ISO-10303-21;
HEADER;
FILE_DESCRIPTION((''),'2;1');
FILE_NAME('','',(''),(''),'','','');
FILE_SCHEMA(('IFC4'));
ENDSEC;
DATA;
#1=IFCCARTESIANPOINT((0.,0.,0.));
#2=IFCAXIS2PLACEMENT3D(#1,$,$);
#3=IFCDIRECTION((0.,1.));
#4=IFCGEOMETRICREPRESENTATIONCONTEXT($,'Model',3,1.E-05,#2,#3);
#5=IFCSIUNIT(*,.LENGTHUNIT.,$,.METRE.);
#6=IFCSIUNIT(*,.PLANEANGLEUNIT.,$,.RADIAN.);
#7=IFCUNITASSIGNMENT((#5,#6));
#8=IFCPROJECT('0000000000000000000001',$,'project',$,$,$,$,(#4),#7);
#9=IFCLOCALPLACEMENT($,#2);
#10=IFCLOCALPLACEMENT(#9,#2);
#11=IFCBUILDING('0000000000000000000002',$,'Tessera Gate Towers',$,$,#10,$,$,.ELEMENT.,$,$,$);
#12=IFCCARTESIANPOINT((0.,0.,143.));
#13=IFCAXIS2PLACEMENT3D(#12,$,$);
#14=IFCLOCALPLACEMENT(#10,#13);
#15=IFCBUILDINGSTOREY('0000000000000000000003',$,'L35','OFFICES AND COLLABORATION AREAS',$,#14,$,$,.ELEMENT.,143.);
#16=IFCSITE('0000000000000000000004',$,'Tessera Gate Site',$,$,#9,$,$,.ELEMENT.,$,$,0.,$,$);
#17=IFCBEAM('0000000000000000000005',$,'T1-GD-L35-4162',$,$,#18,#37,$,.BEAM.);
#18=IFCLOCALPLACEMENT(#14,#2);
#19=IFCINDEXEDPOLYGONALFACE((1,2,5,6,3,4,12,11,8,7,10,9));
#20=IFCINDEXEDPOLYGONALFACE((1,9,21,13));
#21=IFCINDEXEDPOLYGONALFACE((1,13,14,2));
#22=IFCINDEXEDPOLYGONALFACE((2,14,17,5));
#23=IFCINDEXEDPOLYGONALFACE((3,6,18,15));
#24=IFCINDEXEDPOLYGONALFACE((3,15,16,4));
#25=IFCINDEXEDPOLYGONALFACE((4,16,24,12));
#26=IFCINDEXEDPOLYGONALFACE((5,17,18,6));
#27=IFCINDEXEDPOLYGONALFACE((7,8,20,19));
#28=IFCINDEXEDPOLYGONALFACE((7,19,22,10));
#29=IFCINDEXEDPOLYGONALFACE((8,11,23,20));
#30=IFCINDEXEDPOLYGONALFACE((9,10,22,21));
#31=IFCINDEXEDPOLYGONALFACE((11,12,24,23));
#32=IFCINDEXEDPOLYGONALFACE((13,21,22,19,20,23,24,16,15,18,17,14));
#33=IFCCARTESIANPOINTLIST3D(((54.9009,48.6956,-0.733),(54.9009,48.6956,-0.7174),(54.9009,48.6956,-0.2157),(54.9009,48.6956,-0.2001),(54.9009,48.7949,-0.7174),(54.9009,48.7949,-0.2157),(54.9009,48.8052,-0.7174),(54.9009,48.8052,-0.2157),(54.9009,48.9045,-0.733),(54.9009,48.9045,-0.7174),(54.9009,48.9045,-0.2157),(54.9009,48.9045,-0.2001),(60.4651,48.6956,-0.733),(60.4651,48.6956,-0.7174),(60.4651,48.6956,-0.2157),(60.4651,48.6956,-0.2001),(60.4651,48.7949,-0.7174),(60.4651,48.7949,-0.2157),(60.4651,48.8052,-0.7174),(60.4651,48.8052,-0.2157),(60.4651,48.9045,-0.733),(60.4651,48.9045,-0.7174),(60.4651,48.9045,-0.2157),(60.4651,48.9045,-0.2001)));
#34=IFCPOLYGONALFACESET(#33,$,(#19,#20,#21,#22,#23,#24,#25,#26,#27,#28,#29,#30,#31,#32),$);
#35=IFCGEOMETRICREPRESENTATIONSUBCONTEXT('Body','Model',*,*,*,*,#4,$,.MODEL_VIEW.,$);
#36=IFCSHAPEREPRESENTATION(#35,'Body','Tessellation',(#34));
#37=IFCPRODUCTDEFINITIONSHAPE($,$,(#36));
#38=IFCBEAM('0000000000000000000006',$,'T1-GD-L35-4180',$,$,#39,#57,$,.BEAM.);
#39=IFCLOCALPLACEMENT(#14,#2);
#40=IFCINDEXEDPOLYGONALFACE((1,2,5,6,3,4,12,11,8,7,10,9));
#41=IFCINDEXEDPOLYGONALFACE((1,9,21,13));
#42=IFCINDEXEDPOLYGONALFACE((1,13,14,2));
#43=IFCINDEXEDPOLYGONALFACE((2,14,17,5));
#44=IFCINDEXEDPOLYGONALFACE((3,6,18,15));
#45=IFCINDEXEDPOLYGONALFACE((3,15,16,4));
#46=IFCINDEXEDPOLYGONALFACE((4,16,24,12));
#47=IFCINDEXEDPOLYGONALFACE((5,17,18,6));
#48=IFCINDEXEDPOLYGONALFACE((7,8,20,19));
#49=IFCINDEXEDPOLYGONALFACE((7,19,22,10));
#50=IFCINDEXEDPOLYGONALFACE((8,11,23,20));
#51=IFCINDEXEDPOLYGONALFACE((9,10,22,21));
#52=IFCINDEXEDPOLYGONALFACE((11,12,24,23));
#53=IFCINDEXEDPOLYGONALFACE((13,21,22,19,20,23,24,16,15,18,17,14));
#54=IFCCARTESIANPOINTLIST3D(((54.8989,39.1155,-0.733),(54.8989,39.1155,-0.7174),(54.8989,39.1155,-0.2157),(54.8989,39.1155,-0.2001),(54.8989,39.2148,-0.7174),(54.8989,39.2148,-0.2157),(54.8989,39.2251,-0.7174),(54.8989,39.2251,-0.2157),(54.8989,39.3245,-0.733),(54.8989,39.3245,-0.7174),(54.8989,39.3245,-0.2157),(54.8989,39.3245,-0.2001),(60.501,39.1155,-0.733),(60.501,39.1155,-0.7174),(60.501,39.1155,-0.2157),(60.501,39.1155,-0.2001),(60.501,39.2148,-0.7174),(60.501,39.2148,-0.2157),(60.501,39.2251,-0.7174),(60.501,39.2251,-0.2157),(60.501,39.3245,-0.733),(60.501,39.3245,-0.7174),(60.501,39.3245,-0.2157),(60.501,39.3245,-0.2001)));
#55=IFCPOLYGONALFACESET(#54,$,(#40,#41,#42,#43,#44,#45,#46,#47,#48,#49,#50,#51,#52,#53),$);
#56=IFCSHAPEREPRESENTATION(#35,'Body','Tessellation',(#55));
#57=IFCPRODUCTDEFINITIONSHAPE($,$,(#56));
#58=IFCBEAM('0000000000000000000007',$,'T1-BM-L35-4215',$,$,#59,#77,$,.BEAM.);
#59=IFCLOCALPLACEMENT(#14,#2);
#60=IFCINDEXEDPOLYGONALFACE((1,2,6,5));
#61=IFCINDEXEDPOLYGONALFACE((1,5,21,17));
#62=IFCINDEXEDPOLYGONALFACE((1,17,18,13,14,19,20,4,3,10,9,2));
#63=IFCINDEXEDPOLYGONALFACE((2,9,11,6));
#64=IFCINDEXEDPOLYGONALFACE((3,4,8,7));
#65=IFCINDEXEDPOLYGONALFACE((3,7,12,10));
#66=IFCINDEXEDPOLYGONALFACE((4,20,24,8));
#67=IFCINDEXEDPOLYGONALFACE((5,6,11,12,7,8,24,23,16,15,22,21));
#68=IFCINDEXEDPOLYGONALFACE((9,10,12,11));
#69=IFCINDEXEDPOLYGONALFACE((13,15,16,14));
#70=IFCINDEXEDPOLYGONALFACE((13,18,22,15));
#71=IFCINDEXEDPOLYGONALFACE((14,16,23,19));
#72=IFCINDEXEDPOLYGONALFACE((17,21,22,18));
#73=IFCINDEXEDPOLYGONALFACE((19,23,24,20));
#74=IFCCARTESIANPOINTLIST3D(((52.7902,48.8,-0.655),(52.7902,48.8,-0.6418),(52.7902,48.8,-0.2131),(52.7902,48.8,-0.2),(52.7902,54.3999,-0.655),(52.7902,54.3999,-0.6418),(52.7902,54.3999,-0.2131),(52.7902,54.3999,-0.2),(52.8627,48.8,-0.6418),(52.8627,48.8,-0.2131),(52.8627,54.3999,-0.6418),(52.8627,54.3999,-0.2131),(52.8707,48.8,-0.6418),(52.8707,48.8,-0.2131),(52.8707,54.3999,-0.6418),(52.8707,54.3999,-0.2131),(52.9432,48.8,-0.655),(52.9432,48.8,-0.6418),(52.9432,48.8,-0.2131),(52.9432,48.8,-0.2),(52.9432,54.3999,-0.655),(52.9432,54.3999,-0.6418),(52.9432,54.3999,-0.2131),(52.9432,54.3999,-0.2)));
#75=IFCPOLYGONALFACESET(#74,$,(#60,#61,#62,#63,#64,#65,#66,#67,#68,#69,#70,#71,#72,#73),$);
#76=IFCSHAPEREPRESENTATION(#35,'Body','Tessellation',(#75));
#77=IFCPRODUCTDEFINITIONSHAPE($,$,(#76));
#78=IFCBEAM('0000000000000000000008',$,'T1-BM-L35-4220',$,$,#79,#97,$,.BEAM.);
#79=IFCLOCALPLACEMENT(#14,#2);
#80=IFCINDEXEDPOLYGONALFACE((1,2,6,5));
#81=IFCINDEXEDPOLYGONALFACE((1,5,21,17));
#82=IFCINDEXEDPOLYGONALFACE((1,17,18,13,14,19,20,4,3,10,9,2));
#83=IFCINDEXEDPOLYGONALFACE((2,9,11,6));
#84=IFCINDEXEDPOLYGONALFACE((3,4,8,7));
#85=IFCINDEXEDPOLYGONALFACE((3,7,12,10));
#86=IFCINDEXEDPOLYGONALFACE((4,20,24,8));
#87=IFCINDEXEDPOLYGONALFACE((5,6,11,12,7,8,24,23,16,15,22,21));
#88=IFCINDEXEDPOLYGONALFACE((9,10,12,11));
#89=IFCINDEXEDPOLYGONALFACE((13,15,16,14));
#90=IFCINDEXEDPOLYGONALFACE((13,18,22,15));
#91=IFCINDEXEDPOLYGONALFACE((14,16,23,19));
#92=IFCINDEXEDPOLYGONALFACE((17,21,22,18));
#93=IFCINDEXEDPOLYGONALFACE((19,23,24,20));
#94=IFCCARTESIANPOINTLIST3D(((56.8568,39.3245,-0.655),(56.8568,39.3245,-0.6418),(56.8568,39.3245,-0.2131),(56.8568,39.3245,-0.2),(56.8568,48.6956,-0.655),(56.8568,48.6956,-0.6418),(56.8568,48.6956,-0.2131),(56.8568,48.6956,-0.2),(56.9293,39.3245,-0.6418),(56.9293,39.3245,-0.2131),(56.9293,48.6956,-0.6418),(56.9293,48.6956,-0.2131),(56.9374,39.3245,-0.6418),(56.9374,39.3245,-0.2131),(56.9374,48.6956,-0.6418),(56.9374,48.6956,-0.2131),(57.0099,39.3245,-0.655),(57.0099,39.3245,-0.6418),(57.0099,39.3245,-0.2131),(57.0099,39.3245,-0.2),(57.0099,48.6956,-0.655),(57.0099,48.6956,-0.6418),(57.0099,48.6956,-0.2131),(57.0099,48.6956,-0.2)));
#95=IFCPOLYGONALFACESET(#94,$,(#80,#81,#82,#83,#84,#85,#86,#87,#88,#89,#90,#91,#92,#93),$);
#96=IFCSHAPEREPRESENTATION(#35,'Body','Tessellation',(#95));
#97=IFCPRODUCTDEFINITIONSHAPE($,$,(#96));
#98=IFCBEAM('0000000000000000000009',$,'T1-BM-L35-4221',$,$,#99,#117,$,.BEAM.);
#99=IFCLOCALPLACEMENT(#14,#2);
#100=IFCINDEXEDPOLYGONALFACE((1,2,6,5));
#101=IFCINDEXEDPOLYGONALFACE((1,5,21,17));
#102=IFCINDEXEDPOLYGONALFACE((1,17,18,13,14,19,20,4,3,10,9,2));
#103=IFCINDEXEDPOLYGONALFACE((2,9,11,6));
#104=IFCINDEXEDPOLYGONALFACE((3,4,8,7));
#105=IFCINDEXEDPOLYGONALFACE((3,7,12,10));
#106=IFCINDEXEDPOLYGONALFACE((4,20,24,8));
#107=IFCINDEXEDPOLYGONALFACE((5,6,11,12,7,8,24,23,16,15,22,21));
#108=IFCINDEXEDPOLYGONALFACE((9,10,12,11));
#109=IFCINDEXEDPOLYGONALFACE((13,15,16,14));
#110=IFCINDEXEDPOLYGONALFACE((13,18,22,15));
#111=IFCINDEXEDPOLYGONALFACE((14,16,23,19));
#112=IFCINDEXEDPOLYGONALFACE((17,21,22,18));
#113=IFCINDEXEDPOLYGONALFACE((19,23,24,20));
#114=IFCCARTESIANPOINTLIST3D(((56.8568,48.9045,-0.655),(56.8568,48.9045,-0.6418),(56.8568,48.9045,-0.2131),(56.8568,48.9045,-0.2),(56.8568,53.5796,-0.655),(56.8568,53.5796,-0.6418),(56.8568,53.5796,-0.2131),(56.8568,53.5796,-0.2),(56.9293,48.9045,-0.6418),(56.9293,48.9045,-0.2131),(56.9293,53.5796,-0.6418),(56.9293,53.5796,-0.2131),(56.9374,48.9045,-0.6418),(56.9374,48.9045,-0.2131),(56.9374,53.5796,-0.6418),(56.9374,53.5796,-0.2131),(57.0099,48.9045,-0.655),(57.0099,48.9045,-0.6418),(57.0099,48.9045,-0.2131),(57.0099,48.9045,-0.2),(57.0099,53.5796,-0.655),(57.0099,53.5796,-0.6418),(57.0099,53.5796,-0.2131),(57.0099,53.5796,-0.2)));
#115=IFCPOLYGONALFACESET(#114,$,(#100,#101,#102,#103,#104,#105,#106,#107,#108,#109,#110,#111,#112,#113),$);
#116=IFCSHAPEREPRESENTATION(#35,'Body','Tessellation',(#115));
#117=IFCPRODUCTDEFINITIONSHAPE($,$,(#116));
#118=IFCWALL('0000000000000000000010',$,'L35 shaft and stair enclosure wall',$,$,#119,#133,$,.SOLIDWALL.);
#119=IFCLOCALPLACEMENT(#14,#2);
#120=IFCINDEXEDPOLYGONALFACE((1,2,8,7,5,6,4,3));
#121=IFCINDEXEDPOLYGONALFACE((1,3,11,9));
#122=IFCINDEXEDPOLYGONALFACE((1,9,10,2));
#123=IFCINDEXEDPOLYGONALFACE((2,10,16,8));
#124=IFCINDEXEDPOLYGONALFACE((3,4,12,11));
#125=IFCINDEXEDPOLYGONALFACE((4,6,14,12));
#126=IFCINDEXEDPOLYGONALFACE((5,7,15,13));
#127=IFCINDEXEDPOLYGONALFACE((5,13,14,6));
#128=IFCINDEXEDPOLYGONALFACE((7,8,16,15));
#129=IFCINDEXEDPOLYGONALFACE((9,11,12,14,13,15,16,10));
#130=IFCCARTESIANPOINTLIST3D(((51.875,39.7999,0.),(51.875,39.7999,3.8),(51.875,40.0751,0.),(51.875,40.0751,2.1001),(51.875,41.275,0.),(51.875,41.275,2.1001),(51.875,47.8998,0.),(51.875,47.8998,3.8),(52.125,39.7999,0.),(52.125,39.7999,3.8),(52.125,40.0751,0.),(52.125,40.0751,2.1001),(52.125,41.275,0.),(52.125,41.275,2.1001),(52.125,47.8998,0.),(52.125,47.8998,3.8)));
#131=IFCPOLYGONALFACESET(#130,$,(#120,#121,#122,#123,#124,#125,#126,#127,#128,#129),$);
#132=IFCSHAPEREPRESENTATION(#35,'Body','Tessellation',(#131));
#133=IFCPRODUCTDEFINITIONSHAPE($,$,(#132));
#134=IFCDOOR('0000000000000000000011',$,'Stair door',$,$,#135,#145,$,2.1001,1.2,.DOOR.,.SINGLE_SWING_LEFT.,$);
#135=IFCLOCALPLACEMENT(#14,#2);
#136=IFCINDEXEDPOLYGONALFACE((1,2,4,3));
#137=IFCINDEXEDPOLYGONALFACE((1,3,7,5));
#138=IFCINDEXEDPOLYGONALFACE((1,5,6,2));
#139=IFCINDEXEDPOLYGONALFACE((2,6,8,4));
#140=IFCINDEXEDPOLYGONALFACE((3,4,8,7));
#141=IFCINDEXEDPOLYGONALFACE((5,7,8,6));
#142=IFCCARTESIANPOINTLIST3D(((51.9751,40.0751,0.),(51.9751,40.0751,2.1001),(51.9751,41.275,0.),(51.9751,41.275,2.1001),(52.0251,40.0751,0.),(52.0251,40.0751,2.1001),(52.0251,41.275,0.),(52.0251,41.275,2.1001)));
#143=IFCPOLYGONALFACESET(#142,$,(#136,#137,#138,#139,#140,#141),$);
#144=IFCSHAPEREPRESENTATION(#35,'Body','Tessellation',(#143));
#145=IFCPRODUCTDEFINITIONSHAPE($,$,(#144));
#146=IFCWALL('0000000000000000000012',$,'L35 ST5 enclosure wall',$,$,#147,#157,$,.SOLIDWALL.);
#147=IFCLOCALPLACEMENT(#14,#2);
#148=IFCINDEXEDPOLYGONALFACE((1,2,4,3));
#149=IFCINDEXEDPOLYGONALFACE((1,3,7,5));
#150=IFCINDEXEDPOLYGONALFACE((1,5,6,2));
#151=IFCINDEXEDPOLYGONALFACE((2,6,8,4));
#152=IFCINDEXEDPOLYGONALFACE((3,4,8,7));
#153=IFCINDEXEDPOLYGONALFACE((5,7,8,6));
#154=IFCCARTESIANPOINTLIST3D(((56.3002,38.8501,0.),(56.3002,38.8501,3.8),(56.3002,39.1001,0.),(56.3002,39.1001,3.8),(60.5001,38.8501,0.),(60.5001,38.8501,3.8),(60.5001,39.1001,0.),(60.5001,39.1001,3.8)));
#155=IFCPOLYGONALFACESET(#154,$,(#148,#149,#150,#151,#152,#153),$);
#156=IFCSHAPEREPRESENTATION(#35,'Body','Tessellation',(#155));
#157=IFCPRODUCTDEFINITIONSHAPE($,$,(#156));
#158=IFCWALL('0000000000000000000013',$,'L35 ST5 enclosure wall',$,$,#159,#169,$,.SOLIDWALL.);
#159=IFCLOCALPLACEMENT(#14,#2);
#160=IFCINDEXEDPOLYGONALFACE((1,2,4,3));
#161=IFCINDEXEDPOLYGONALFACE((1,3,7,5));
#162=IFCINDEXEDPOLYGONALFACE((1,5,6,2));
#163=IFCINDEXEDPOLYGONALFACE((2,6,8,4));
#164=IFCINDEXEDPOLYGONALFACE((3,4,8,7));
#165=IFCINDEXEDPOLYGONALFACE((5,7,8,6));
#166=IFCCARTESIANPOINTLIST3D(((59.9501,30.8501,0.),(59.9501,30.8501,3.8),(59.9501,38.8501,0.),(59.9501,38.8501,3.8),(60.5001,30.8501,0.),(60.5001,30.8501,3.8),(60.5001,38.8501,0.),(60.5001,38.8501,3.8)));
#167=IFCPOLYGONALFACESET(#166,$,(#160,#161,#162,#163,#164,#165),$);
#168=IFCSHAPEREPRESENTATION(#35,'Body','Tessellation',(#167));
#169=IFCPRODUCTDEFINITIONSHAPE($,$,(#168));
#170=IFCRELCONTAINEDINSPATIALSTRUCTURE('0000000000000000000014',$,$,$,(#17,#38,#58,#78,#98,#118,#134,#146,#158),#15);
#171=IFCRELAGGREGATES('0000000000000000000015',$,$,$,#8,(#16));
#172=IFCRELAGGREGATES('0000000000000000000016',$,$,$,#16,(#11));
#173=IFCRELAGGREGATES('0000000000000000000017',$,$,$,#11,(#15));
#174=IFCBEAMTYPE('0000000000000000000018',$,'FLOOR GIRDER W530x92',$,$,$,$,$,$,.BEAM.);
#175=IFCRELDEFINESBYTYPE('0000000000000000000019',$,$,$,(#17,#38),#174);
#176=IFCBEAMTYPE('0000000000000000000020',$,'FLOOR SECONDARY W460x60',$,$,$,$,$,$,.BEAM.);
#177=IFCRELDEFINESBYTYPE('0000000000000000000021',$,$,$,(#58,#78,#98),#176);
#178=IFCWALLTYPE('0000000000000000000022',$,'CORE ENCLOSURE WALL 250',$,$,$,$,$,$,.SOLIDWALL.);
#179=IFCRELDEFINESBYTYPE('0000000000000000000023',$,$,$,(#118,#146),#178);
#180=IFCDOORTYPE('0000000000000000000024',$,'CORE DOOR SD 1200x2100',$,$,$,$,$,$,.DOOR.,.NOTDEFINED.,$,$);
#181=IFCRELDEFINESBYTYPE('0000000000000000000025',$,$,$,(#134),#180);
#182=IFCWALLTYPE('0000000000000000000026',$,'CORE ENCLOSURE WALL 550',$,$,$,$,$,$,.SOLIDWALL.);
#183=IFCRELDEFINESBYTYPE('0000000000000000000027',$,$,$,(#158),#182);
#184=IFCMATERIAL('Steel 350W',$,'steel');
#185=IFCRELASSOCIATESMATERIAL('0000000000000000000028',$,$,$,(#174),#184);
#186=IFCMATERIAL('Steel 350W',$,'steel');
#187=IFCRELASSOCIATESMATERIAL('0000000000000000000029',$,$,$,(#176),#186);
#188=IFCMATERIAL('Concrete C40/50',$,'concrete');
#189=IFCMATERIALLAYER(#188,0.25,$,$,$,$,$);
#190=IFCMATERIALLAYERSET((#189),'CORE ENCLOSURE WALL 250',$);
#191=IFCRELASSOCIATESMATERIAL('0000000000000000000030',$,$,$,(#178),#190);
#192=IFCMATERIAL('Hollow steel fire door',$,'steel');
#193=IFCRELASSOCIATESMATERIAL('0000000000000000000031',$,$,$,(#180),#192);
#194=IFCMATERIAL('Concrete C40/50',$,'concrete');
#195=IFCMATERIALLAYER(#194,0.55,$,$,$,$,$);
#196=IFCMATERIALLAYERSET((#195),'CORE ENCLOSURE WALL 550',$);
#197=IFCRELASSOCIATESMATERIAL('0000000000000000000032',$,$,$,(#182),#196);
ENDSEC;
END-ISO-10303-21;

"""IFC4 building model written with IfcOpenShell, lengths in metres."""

from ifc_helpers import new_model, si_unit, direction, frame, frame_2d, origin, origin_2d, place, context, subcontext, project, spatial, rectangle, i_section, extrude, source, transform, mapped, material, layer, layer_set, material_profile, profile_set, type_object, element, fill, save


model = new_model("IFC4")

# Units and contexts
model_context = context("Model", 3, precision=1e-05, world=origin(), true_north=direction((0.0, 1.0)))
body_context = subcontext(model_context, "Body", "Model", "MODEL_VIEW")
ifc_project = project(units=[si_unit("LENGTHUNIT", "METRE"), si_unit("PLANEANGLEUNIT", "RADIAN")], contexts=[model_context])

# Site, building, storey
site_placement = place(None, origin())
site = spatial("IfcSite", under=ifc_project, at=site_placement, Name="Tessera Gate Site", CompositionType="ELEMENT", RefElevation=0.0)
building_placement = place(site_placement, origin())
building = spatial("IfcBuilding", under=site, at=building_placement, Name="Tessera Gate Towers", CompositionType="ELEMENT")
storey_placement = place(building_placement, frame((0.0, 0.0, 143.0)))
storey = spatial("IfcBuildingStorey", under=building, at=storey_placement, Name="L35", Description="OFFICES AND COLLABORATION AREAS", CompositionType="ELEMENT", Elevation=143.0)

# Beams
ifc_material_1 = material(Name="Steel 350W", Category="steel")
ifc_material_profile_1 = material_profile(ifc_material_1, i_section(OverallWidth=0.209, OverallDepth=0.533, WebThickness=0.0103, FlangeThickness=0.0156, at=origin_2d()), Name="W530x92")
ifc_profile_set_1 = profile_set([ifc_material_profile_1], Name="Steel 350W")
beam_type_1 = type_object("IfcBeamType", Name="FLOOR GIRDER W530x92", PredefinedType="BEAM", material=ifc_profile_set_1)
beam_1_placement = place(storey_placement, frame((54.9009, 48.8, -0.4666), z_axis=(1.0, 0.0, 0.0), x_axis=(0.0, 1.0, 0.0)))
element("IfcBeam", 1, at=beam_1_placement, inside=storey, type_object=beam_type_1, Name="T1-GD-L35-4162", PredefinedType="BEAM", context=body_context, shape_type="SweptSolid", body=[
    extrude(i_section(OverallWidth=0.209, OverallDepth=0.533, WebThickness=0.0103, FlangeThickness=0.0156, at=origin_2d()), origin(), (0.0, 0.0, 1.0), 5.5642),
])
beam_2_placement = place(storey_placement, frame((54.8989, 39.22, -0.4666), z_axis=(1.0, 0.0, 0.0), x_axis=(0.0, 1.0, 0.0)))
element("IfcBeam", 2, at=beam_2_placement, inside=storey, type_object=beam_type_1, Name="T1-GD-L35-4180", PredefinedType="BEAM", context=body_context, shape_type="SweptSolid", body=[
    extrude(i_section(OverallWidth=0.209, OverallDepth=0.533, WebThickness=0.0103, FlangeThickness=0.0156, at=origin_2d()), origin(), (0.0, 0.0, 1.0), 5.6021),
])
ifc_material_2 = material(Name="Steel 350W", Category="steel")
ifc_material_profile_2 = material_profile(ifc_material_2, i_section(OverallWidth=0.1531, OverallDepth=0.4551, WebThickness=0.0081, FlangeThickness=0.0132, at=origin_2d()), Name="W460x60")
ifc_profile_set_2 = profile_set([ifc_material_profile_2], Name="Steel 350W")
beam_type_2 = type_object("IfcBeamType", Name="FLOOR SECONDARY W460x60", PredefinedType="BEAM", material=ifc_profile_set_2)
beam_3_placement = place(storey_placement, frame((52.8667, 48.8, -0.4275), z_axis=(0.0, 1.0, 0.0), x_axis=(-1.0, 0.0, 0.0)))
element("IfcBeam", 3, at=beam_3_placement, inside=storey, type_object=beam_type_2, Name="T1-BM-L35-4215", PredefinedType="BEAM", context=body_context, shape_type="SweptSolid", body=[
    extrude(i_section(OverallWidth=0.1531, OverallDepth=0.4551, WebThickness=0.0081, FlangeThickness=0.0132, at=origin_2d()), origin(), (0.0, 0.0, 1.0), 5.5999),
])
beam_4_placement = place(storey_placement, frame((56.9333, 39.3245, -0.4275), z_axis=(0.0, 1.0, 0.0), x_axis=(-1.0, 0.0, 0.0)))
element("IfcBeam", 4, at=beam_4_placement, inside=storey, type_object=beam_type_2, Name="T1-BM-L35-4220", PredefinedType="BEAM", context=body_context, shape_type="SweptSolid", body=[
    extrude(i_section(OverallWidth=0.1531, OverallDepth=0.4551, WebThickness=0.0081, FlangeThickness=0.0132, at=origin_2d()), origin(), (0.0, 0.0, 1.0), 9.3711),
])
beam_5_placement = place(storey_placement, frame((56.9333, 48.9045, -0.4275), z_axis=(0.0, 1.0, 0.0), x_axis=(-1.0, 0.0, 0.0)))
element("IfcBeam", 5, at=beam_5_placement, inside=storey, type_object=beam_type_2, Name="T1-BM-L35-4221", PredefinedType="BEAM", context=body_context, shape_type="SweptSolid", body=[
    extrude(i_section(OverallWidth=0.1531, OverallDepth=0.4551, WebThickness=0.0081, FlangeThickness=0.0132, at=origin_2d()), origin(), (0.0, 0.0, 1.0), 4.675),
])

# Wall, opening, door
ifc_material_3 = material(Name="Concrete C40/50", Category="concrete")
ifc_layer_1 = layer(ifc_material_3, 0.25)
ifc_layer_set_1 = layer_set([ifc_layer_1], Name="CORE ENCLOSURE WALL 250")
wall_type_1 = type_object("IfcWallType", Name="CORE ENCLOSURE WALL 250", PredefinedType="SOLIDWALL", material=ifc_layer_set_1)
wall_1_placement = place(storey_placement, frame((52.0, 39.8, 0.0), z_axis=(0.0, 0.0, 1.0), x_axis=(0.0, 1.0, 0.0)))
wall_1 = element("IfcWall", 6, at=wall_1_placement, inside=storey, type_object=wall_type_1, Name="L35 shaft and stair enclosure wall", PredefinedType="SOLIDWALL", context=body_context, shape_type="SweptSolid", body=[
    extrude(rectangle(XDim=8.0999, YDim=0.25, at=frame_2d((4.0498, 0.0))), origin(), (0.0, 0.0, 1.0), 3.8),
])
shared_shape_1 = source(origin(), body_context, "Body", "SweptSolid", [
    extrude(rectangle(XDim=1.2, YDim=2.1001, at=frame_2d((0.6001, 1.05))), frame((0.0, 0.135, 0.0), z_axis=(0.0, -1.0, 0.0), x_axis=(1.0, 0.0, 0.0)), (0.0, 0.0, 1.0), 0.27),
])
opening_1_placement = place(wall_1_placement, frame((0.2749, 0.0, 0.0)))
opening_1 = element("IfcOpeningElement", 7, at=opening_1_placement, cuts=wall_1, PredefinedType="OPENING", context=body_context, shape_type="MappedRepresentation", body=[
    mapped(shared_shape_1, transform((0.0, 0.0, 0.0), scale=1.0)),
])
ifc_material_4 = material(Name="Hollow steel fire door", Category="steel")
door_type_1 = type_object("IfcDoorType", Name="CORE DOOR SD 1200x2100", OperationType="NOTDEFINED", PredefinedType="DOOR", material=ifc_material_4)
shared_shape_2 = source(origin(), body_context, "Body", "SweptSolid", [
    extrude(rectangle(XDim=1.2, YDim=2.1001, at=frame_2d((0.6001, 1.05))), frame((0.0, 0.0249, 0.0), z_axis=(0.0, -1.0, 0.0), x_axis=(1.0, 0.0, 0.0)), (0.0, 0.0, 1.0), 0.05),
])
door_1_placement = place(opening_1_placement, origin())
door_1 = element("IfcDoor", 8, at=door_1_placement, inside=storey, type_object=door_type_1, Name="Stair door", OperationType="SINGLE_SWING_LEFT", OverallHeight=2.1001, OverallWidth=1.2, PredefinedType="DOOR", context=body_context, shape_type="MappedRepresentation", body=[
    mapped(shared_shape_2, transform((0.0, 0.0, 0.0), scale=1.0)),
])
fill(opening_1, door_1)

# Walls
wall_2_placement = place(storey_placement, frame((56.3, 38.9751, 0.0), z_axis=(0.0, 0.0, 1.0), x_axis=(1.0, 0.0, 0.0)))
element("IfcWall", 9, at=wall_2_placement, inside=storey, type_object=wall_type_1, Name="L35 ST5 enclosure wall", PredefinedType="SOLIDWALL", context=body_context, shape_type="SweptSolid", body=[
    extrude(rectangle(XDim=4.2, YDim=0.25, at=frame_2d((2.1001, 0.0))), origin(), (0.0, 0.0, 1.0), 3.8),
])
ifc_material_5 = material(Name="Concrete C40/50", Category="concrete")
ifc_layer_2 = layer(ifc_material_5, 0.55)
ifc_layer_set_2 = layer_set([ifc_layer_2], Name="CORE ENCLOSURE WALL 550")
wall_type_2 = type_object("IfcWallType", Name="CORE ENCLOSURE WALL 550", PredefinedType="SOLIDWALL", material=ifc_layer_set_2)
wall_3_placement = place(storey_placement, frame((60.2251, 38.8501, 0.0), z_axis=(0.0, 0.0, 1.0), x_axis=(0.0, -1.0, 0.0)))
element("IfcWall", 10, at=wall_3_placement, inside=storey, type_object=wall_type_2, Name="L35 ST5 enclosure wall", PredefinedType="SOLIDWALL", context=body_context, shape_type="SweptSolid", body=[
    extrude(rectangle(XDim=8.0, YDim=0.55, at=frame_2d((4.0, 0.0))), origin(), (0.0, 0.0, 1.0), 3.8),
])

save(model, "model.ifc")
